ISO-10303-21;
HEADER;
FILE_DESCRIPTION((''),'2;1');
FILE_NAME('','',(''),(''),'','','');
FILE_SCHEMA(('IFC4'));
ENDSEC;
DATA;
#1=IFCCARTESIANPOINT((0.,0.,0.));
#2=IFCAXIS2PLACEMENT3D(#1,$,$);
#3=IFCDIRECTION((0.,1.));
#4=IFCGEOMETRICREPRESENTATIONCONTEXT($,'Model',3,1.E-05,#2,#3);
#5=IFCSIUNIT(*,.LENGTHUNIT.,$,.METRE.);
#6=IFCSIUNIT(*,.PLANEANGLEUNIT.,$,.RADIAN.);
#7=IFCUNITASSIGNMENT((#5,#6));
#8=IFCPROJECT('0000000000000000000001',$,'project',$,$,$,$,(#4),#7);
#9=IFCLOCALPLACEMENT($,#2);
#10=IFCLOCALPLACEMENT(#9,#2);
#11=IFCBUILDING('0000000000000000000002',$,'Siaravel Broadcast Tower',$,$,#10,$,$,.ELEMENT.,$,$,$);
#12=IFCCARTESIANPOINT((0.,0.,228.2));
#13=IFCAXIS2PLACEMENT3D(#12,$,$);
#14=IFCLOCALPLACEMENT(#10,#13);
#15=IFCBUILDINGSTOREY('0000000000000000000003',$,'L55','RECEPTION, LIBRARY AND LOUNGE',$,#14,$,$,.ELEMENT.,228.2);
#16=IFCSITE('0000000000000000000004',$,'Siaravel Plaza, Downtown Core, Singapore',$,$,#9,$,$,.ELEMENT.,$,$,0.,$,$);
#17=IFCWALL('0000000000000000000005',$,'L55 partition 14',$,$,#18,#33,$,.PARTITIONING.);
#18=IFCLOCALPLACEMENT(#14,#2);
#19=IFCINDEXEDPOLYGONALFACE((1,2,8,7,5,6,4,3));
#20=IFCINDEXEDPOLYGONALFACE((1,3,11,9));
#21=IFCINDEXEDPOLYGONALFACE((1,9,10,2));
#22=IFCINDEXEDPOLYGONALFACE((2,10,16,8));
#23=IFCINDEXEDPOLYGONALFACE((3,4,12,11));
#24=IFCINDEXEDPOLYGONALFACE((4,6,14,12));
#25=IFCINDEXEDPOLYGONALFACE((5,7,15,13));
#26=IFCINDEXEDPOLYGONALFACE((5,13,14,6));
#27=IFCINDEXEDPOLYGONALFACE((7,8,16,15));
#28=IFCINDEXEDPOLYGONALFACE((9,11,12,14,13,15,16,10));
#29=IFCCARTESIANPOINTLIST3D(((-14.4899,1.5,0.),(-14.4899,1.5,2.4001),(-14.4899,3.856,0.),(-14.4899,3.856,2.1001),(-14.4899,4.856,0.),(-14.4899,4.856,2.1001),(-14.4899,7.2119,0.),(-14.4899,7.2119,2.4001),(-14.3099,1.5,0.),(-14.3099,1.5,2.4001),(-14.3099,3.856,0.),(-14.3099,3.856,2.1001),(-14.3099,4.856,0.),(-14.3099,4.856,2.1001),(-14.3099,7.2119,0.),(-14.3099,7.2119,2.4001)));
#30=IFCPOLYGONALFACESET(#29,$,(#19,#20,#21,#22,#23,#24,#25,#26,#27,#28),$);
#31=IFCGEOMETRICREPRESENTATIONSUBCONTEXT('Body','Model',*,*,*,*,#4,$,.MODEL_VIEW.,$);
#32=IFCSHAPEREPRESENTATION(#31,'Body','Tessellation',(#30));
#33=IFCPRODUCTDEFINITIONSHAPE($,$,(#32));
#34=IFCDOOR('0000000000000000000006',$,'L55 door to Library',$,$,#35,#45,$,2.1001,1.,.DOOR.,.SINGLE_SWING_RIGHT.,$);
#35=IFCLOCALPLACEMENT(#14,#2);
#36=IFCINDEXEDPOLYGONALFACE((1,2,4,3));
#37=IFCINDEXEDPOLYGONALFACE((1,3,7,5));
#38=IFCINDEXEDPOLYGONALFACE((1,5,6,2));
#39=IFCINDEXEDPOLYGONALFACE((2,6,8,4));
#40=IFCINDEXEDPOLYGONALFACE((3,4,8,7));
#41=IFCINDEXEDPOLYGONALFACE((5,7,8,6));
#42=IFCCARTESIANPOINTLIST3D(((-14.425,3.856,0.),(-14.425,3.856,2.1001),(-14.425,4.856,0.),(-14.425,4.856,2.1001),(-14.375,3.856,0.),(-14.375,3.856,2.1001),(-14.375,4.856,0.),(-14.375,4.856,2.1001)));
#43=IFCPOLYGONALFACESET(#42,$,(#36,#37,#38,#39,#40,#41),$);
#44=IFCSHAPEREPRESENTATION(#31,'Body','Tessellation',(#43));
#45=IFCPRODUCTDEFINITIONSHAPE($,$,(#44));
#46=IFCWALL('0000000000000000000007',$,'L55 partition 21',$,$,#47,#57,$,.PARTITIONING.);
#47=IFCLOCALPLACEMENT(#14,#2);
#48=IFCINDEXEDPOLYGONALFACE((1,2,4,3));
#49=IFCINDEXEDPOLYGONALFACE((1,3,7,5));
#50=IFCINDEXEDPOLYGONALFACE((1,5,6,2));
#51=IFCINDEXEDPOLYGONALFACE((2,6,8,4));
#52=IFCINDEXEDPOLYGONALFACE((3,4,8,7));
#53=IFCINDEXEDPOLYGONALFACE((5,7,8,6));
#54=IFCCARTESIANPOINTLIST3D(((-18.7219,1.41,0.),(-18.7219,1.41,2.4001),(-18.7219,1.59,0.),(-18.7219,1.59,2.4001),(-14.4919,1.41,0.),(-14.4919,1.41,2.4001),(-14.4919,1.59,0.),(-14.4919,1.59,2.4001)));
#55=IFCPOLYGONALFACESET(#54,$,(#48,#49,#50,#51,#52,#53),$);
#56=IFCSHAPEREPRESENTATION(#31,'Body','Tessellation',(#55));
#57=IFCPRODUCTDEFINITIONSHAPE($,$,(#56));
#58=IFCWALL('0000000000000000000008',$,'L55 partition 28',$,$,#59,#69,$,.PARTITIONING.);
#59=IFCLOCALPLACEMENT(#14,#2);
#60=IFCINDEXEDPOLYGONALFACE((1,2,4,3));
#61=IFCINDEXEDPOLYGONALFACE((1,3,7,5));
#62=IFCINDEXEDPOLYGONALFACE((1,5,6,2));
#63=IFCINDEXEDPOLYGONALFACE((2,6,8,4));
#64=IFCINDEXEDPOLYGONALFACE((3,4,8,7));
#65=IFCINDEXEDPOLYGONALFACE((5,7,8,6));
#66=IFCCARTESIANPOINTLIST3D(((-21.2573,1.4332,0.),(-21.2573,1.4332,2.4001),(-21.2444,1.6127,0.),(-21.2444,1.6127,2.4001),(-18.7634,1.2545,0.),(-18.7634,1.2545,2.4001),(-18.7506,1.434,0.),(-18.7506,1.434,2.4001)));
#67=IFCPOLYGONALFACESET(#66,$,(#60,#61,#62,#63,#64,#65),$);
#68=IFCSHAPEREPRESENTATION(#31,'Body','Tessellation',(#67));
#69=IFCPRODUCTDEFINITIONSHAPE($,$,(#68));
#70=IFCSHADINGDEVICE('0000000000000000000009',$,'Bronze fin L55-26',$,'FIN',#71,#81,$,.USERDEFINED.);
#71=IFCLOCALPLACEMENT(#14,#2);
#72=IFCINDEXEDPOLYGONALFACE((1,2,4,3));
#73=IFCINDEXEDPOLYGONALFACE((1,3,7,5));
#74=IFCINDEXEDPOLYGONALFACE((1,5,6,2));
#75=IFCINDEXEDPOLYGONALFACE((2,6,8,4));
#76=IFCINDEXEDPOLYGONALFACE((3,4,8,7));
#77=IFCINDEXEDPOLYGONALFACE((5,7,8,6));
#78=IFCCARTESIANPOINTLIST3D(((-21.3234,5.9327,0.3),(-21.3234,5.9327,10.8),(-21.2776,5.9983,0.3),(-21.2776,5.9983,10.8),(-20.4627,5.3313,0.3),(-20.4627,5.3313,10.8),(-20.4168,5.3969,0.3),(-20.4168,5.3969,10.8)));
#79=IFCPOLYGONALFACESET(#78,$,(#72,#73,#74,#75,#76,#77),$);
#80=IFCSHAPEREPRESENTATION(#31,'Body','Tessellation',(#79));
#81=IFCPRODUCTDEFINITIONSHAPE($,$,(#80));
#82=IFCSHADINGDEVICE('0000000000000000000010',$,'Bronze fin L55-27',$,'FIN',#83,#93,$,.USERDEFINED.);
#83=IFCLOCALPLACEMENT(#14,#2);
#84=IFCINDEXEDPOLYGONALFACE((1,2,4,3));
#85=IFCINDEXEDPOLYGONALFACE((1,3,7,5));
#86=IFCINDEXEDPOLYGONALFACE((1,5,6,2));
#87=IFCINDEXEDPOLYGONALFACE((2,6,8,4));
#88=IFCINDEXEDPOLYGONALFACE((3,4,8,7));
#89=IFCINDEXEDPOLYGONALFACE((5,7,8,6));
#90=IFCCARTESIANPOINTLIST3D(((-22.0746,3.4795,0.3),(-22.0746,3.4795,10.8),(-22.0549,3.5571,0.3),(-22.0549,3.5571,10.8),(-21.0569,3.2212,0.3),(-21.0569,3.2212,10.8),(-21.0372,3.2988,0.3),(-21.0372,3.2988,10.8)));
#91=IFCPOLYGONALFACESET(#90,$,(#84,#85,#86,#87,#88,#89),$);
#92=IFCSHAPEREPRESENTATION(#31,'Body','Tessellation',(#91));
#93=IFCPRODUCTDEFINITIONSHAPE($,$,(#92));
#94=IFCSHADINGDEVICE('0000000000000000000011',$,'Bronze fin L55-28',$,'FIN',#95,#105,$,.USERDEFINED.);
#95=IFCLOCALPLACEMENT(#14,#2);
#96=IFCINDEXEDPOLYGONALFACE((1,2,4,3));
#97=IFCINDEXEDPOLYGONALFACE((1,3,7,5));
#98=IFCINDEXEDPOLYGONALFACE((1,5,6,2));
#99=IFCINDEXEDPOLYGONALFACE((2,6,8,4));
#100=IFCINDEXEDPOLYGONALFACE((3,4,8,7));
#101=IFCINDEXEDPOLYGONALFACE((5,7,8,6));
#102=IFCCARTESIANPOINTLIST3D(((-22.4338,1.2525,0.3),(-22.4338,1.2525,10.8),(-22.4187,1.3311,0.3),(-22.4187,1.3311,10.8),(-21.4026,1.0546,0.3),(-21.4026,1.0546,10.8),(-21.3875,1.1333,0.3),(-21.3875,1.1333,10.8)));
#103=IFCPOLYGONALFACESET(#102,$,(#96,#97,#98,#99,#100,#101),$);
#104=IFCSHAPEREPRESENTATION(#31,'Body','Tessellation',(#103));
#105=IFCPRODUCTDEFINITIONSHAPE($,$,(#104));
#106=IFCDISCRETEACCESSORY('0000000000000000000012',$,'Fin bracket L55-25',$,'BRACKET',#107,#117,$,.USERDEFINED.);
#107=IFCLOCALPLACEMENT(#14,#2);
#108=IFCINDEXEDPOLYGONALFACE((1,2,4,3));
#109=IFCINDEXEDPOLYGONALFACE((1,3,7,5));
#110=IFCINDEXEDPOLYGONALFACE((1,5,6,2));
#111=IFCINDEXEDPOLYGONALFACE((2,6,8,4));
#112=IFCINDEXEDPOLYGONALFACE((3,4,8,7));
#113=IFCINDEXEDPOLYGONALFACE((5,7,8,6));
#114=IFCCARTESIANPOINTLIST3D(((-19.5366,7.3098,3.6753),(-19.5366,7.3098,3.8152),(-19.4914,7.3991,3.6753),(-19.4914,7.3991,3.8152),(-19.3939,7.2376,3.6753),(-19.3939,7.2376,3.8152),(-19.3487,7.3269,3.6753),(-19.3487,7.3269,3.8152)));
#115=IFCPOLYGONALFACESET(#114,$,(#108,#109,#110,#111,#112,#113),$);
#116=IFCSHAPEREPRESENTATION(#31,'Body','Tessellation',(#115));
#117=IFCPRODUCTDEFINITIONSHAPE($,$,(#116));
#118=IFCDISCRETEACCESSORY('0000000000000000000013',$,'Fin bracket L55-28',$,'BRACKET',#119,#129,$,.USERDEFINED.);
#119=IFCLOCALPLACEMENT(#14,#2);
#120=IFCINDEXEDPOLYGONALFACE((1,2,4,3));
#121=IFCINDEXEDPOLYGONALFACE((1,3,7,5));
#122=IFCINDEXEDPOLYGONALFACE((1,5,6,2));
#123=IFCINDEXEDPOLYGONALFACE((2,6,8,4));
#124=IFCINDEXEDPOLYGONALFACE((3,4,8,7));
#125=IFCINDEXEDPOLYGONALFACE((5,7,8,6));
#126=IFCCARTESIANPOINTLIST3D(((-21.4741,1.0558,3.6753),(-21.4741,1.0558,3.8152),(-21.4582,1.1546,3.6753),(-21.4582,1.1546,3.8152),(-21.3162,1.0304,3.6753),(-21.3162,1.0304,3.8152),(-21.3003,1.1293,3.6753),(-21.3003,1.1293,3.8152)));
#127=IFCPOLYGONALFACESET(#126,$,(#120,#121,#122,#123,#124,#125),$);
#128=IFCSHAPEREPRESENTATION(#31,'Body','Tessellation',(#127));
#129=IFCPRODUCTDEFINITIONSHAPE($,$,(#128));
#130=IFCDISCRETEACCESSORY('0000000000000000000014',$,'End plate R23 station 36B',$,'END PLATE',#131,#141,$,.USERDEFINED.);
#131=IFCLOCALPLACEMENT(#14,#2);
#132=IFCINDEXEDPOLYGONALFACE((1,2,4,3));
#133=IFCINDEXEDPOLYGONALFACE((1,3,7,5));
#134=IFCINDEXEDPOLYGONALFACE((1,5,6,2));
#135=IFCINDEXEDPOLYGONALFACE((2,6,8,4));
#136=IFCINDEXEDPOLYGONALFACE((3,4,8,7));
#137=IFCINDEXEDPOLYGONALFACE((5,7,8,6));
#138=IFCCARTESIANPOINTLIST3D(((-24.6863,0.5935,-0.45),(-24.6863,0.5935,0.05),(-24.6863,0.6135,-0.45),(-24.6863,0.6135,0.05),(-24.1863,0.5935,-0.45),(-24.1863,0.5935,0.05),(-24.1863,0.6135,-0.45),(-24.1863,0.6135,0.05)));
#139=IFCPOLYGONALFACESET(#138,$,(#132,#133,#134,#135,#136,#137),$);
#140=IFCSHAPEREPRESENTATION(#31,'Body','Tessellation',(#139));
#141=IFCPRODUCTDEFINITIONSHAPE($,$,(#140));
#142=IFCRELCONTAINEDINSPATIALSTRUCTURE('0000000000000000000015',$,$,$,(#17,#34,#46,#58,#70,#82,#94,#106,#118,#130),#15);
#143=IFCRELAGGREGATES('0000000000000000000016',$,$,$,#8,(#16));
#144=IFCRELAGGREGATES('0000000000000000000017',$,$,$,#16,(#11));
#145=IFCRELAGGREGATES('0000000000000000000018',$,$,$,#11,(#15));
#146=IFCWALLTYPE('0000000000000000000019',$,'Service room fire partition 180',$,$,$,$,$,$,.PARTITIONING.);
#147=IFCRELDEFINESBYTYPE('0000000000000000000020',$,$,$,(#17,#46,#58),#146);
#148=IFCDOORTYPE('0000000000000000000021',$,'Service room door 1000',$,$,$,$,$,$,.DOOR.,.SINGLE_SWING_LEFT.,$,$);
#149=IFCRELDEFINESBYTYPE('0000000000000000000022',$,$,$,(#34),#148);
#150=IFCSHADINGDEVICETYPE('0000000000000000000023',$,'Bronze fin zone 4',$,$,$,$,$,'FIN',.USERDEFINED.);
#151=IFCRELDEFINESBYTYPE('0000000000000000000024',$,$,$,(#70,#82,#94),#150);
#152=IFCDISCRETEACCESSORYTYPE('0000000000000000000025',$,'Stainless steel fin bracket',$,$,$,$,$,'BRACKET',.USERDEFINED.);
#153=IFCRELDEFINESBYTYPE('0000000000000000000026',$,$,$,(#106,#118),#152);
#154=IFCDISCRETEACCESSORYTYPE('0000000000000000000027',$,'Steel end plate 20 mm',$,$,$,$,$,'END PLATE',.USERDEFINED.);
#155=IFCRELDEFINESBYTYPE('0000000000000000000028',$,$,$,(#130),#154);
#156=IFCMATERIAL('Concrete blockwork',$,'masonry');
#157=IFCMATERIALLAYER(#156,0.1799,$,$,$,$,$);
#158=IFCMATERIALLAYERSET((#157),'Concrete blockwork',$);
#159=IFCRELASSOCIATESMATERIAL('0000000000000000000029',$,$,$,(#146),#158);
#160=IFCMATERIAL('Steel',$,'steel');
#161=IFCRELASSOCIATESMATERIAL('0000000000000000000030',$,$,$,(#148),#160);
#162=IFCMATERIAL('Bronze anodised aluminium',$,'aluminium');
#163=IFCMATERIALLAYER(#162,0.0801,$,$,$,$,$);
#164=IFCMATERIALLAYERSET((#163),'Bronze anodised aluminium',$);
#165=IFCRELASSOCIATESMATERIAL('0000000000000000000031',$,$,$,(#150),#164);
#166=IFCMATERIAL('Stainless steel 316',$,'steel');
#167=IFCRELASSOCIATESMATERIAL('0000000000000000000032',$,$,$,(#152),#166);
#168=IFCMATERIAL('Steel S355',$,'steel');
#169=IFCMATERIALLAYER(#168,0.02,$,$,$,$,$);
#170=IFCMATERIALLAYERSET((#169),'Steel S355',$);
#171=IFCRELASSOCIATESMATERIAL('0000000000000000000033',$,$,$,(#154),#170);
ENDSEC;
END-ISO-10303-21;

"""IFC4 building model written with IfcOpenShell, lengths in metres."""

from ifc_helpers import new_model, si_unit, direction, frame, frame_2d, origin, origin_2d, place, context, subcontext, project, spatial, rectangle, extrude, material, layer, layer_set, type_object, element, fill, save


model = new_model("IFC4")

# Units and contexts
model_context = context("Model", 3, precision=1e-05, world=origin(), true_north=direction((0.0, 1.0)))
body_context = subcontext(model_context, "Body", "Model", "MODEL_VIEW")
ifc_project = project(units=[si_unit("LENGTHUNIT", "METRE"), si_unit("PLANEANGLEUNIT", "RADIAN")], contexts=[model_context])

# Site, building, storey
site_placement = place(None, origin())
site = spatial("IfcSite", under=ifc_project, at=site_placement, Name="Siaravel Plaza, Downtown Core, Singapore", CompositionType="ELEMENT", RefElevation=0.0)
building_placement = place(site_placement, origin())
building = spatial("IfcBuilding", under=site, at=building_placement, Name="Siaravel Broadcast Tower", CompositionType="ELEMENT")
storey_placement = place(building_placement, frame((0.0, 0.0, 228.2)))
storey = spatial("IfcBuildingStorey", under=building, at=storey_placement, Name="L55", Description="RECEPTION, LIBRARY AND LOUNGE", CompositionType="ELEMENT", Elevation=228.2)

# Shared definitions
ifc_material_1 = material(Name="Steel S355", Category="steel")

# Wall, opening, door
ifc_material_2 = material(Name="Concrete blockwork", Category="masonry")
ifc_layer_1 = layer(ifc_material_2, 0.1799)
ifc_layer_set_1 = layer_set([ifc_layer_1], Name="Concrete blockwork")
wall_type_1 = type_object("IfcWallType", Name="Service room fire partition 180", PredefinedType="PARTITIONING", material=ifc_layer_set_1)
wall_1_placement = place(storey_placement, frame((-14.3999, 7.2119, 0.0), z_axis=(0.0, 0.0, 1.0), x_axis=(0.0, -1.0, 0.0)))
wall_1 = element("IfcWall", 1, at=wall_1_placement, inside=storey, type_object=wall_type_1, Name="L55 partition 14", PredefinedType="PARTITIONING", context=body_context, shape_type="SweptSolid", body=[
    extrude(rectangle(XDim=5.7119, YDim=0.1799, at=frame_2d((2.856, 0.0))), origin(), (0.0, 0.0, 1.0), 2.4001),
])
opening_placement = place(wall_1_placement, frame((2.356, 0.0, 0.0)))
opening = element("IfcOpeningElement", 2, at=opening_placement, cuts=wall_1, PredefinedType="OPENING", context=body_context, shape_type="SweptSolid", body=[
    extrude(rectangle(XDim=1.0, YDim=2.1001, at=frame_2d((0.5, 1.05))), frame((0.0, 0.0999, 0.0), z_axis=(0.0, -1.0, 0.0), x_axis=(1.0, 0.0, 0.0)), (0.0, 0.0, 1.0), 0.2),
])
ifc_material_3 = material(Name="Steel", Category="steel")
door_type = type_object("IfcDoorType", Name="Service room door 1000", OperationType="SINGLE_SWING_LEFT", PredefinedType="DOOR", material=ifc_material_3)
door_placement = place(opening_placement, origin())
door = element("IfcDoor", 3, at=door_placement, inside=storey, type_object=door_type, Name="L55 door to Library", OperationType="SINGLE_SWING_RIGHT", OverallHeight=2.1001, OverallWidth=1.0, PredefinedType="DOOR", context=body_context, shape_type="SweptSolid", body=[
    extrude(rectangle(XDim=1.0, YDim=2.1001, at=frame_2d((0.5, 1.05))), frame((0.0, 0.0249, 0.0), z_axis=(0.0, -1.0, 0.0), x_axis=(1.0, 0.0, 0.0)), (0.0, 0.0, 1.0), 0.05),
])
fill(opening, door)

# Walls
wall_2_placement = place(storey_placement, frame((-14.4919, 1.5, 0.0), z_axis=(0.0, 0.0, 1.0), x_axis=(-1.0, 0.0, 0.0)))
element("IfcWall", 4, at=wall_2_placement, inside=storey, type_object=wall_type_1, Name="L55 partition 21", PredefinedType="PARTITIONING", context=body_context, shape_type="SweptSolid", body=[
    extrude(rectangle(XDim=4.23, YDim=0.1799, at=frame_2d((2.115, 0.0))), origin(), (0.0, 0.0, 1.0), 2.4001),
])
wall_3_placement = place(storey_placement, frame((-21.2507, 1.5229, 0.0), z_axis=(0.0, 0.0, 1.0), x_axis=(0.997442, -0.071476, 0.0)))
element("IfcWall", 5, at=wall_3_placement, inside=storey, type_object=wall_type_1, Name="L55 partition 28", PredefinedType="PARTITIONING", context=body_context, shape_type="SweptSolid", body=[
    extrude(rectangle(XDim=2.5002, YDim=0.1799, at=frame_2d((1.25, 0.0))), origin(), (0.0, 0.0, 1.0), 2.4001),
])

# Shading devices
ifc_material_4 = material(Name="Bronze anodised aluminium", Category="aluminium")
ifc_layer_2 = layer(ifc_material_4, 0.0801)
ifc_layer_set_2 = layer_set([ifc_layer_2], Name="Bronze anodised aluminium")
shading_device_type = type_object("IfcShadingDeviceType", Name="Bronze fin zone 4", ElementType="FIN", PredefinedType="USERDEFINED", material=ifc_layer_set_2)
for number, where, z_axis, x_axis, name in (
    (6, (-20.8701, 5.6648, 0.3), (0.0, 0.0, 1.0), (-0.819731, 0.572748, 0.0), "Bronze fin L55-26"),
    (7, (-21.5559, 3.3892, 0.3), (0.0, 0.0, 1.0), (-0.969265, 0.246018, 0.0), "Bronze fin L55-27"),
    (8, (-21.9106, 1.1929, 0.3), (0.0, 0.0, 1.0), (-0.982091, 0.188406, 0.0), "Bronze fin L55-28"),
):
    element("IfcShadingDevice", number, at=place(storey_placement, frame(where, z_axis=z_axis, x_axis=x_axis)), inside=storey, type_object=shading_device_type, Name=name, ObjectType="FIN", PredefinedType="USERDEFINED", context=body_context, shape_type="SweptSolid", body=[
        extrude(rectangle(XDim=1.05, YDim=0.0801, at=origin_2d()), origin(), (0.0, 0.0, 1.0), 10.5),
    ])

# Discrete accessories
ifc_material_5 = material(Name="Stainless steel 316", Category="steel")
discrete_accessory_type_1 = type_object("IfcDiscreteAccessoryType", Name="Stainless steel fin bracket", ElementType="BRACKET", PredefinedType="USERDEFINED", material=ifc_material_5)
for number, where, z_axis, x_axis, name in (
    (9, (-19.4426, 7.3184, 3.6753), (0.0, 0.0, 1.0), (-0.892393, 0.451259, 0.0), "Fin bracket L55-25"),
    (10, (-21.3872, 1.0925, 3.6753), (0.0, 0.0, 1.0), (-0.987329, 0.158685, 0.0), "Fin bracket L55-28"),
):
    element("IfcDiscreteAccessory", number, at=place(storey_placement, frame(where, z_axis=z_axis, x_axis=x_axis)), inside=storey, type_object=discrete_accessory_type_1, Name=name, ObjectType="BRACKET", PredefinedType="USERDEFINED", context=body_context, shape_type="SweptSolid", body=[
        extrude(rectangle(XDim=0.1599, YDim=0.1001, at=origin_2d()), origin(), (0.0, 0.0, 1.0), 0.1399),
    ])
ifc_layer_3 = layer(ifc_material_1, 0.02)
ifc_layer_set_3 = layer_set([ifc_layer_3], Name="Steel S355")
discrete_accessory_type_2 = type_object("IfcDiscreteAccessoryType", Name="Steel end plate 20 mm", ElementType="END PLATE", PredefinedType="USERDEFINED", material=ifc_layer_set_3)
discrete_accessory_placement = place(storey_placement, frame((-24.4363, 0.6035, -0.45), z_axis=(0.0, 0.0, 1.0), x_axis=(0.0, -1.0, 0.0)))
element("IfcDiscreteAccessory", 11, at=discrete_accessory_placement, inside=storey, type_object=discrete_accessory_type_2, Name="End plate R23 station 36B", ObjectType="END PLATE", PredefinedType="USERDEFINED", context=body_context, shape_type="SweptSolid", body=[
    extrude(rectangle(XDim=0.02, YDim=0.5, at=origin_2d()), origin(), (0.0, 0.0, 1.0), 0.5),
])

save(model, "model.ifc")
